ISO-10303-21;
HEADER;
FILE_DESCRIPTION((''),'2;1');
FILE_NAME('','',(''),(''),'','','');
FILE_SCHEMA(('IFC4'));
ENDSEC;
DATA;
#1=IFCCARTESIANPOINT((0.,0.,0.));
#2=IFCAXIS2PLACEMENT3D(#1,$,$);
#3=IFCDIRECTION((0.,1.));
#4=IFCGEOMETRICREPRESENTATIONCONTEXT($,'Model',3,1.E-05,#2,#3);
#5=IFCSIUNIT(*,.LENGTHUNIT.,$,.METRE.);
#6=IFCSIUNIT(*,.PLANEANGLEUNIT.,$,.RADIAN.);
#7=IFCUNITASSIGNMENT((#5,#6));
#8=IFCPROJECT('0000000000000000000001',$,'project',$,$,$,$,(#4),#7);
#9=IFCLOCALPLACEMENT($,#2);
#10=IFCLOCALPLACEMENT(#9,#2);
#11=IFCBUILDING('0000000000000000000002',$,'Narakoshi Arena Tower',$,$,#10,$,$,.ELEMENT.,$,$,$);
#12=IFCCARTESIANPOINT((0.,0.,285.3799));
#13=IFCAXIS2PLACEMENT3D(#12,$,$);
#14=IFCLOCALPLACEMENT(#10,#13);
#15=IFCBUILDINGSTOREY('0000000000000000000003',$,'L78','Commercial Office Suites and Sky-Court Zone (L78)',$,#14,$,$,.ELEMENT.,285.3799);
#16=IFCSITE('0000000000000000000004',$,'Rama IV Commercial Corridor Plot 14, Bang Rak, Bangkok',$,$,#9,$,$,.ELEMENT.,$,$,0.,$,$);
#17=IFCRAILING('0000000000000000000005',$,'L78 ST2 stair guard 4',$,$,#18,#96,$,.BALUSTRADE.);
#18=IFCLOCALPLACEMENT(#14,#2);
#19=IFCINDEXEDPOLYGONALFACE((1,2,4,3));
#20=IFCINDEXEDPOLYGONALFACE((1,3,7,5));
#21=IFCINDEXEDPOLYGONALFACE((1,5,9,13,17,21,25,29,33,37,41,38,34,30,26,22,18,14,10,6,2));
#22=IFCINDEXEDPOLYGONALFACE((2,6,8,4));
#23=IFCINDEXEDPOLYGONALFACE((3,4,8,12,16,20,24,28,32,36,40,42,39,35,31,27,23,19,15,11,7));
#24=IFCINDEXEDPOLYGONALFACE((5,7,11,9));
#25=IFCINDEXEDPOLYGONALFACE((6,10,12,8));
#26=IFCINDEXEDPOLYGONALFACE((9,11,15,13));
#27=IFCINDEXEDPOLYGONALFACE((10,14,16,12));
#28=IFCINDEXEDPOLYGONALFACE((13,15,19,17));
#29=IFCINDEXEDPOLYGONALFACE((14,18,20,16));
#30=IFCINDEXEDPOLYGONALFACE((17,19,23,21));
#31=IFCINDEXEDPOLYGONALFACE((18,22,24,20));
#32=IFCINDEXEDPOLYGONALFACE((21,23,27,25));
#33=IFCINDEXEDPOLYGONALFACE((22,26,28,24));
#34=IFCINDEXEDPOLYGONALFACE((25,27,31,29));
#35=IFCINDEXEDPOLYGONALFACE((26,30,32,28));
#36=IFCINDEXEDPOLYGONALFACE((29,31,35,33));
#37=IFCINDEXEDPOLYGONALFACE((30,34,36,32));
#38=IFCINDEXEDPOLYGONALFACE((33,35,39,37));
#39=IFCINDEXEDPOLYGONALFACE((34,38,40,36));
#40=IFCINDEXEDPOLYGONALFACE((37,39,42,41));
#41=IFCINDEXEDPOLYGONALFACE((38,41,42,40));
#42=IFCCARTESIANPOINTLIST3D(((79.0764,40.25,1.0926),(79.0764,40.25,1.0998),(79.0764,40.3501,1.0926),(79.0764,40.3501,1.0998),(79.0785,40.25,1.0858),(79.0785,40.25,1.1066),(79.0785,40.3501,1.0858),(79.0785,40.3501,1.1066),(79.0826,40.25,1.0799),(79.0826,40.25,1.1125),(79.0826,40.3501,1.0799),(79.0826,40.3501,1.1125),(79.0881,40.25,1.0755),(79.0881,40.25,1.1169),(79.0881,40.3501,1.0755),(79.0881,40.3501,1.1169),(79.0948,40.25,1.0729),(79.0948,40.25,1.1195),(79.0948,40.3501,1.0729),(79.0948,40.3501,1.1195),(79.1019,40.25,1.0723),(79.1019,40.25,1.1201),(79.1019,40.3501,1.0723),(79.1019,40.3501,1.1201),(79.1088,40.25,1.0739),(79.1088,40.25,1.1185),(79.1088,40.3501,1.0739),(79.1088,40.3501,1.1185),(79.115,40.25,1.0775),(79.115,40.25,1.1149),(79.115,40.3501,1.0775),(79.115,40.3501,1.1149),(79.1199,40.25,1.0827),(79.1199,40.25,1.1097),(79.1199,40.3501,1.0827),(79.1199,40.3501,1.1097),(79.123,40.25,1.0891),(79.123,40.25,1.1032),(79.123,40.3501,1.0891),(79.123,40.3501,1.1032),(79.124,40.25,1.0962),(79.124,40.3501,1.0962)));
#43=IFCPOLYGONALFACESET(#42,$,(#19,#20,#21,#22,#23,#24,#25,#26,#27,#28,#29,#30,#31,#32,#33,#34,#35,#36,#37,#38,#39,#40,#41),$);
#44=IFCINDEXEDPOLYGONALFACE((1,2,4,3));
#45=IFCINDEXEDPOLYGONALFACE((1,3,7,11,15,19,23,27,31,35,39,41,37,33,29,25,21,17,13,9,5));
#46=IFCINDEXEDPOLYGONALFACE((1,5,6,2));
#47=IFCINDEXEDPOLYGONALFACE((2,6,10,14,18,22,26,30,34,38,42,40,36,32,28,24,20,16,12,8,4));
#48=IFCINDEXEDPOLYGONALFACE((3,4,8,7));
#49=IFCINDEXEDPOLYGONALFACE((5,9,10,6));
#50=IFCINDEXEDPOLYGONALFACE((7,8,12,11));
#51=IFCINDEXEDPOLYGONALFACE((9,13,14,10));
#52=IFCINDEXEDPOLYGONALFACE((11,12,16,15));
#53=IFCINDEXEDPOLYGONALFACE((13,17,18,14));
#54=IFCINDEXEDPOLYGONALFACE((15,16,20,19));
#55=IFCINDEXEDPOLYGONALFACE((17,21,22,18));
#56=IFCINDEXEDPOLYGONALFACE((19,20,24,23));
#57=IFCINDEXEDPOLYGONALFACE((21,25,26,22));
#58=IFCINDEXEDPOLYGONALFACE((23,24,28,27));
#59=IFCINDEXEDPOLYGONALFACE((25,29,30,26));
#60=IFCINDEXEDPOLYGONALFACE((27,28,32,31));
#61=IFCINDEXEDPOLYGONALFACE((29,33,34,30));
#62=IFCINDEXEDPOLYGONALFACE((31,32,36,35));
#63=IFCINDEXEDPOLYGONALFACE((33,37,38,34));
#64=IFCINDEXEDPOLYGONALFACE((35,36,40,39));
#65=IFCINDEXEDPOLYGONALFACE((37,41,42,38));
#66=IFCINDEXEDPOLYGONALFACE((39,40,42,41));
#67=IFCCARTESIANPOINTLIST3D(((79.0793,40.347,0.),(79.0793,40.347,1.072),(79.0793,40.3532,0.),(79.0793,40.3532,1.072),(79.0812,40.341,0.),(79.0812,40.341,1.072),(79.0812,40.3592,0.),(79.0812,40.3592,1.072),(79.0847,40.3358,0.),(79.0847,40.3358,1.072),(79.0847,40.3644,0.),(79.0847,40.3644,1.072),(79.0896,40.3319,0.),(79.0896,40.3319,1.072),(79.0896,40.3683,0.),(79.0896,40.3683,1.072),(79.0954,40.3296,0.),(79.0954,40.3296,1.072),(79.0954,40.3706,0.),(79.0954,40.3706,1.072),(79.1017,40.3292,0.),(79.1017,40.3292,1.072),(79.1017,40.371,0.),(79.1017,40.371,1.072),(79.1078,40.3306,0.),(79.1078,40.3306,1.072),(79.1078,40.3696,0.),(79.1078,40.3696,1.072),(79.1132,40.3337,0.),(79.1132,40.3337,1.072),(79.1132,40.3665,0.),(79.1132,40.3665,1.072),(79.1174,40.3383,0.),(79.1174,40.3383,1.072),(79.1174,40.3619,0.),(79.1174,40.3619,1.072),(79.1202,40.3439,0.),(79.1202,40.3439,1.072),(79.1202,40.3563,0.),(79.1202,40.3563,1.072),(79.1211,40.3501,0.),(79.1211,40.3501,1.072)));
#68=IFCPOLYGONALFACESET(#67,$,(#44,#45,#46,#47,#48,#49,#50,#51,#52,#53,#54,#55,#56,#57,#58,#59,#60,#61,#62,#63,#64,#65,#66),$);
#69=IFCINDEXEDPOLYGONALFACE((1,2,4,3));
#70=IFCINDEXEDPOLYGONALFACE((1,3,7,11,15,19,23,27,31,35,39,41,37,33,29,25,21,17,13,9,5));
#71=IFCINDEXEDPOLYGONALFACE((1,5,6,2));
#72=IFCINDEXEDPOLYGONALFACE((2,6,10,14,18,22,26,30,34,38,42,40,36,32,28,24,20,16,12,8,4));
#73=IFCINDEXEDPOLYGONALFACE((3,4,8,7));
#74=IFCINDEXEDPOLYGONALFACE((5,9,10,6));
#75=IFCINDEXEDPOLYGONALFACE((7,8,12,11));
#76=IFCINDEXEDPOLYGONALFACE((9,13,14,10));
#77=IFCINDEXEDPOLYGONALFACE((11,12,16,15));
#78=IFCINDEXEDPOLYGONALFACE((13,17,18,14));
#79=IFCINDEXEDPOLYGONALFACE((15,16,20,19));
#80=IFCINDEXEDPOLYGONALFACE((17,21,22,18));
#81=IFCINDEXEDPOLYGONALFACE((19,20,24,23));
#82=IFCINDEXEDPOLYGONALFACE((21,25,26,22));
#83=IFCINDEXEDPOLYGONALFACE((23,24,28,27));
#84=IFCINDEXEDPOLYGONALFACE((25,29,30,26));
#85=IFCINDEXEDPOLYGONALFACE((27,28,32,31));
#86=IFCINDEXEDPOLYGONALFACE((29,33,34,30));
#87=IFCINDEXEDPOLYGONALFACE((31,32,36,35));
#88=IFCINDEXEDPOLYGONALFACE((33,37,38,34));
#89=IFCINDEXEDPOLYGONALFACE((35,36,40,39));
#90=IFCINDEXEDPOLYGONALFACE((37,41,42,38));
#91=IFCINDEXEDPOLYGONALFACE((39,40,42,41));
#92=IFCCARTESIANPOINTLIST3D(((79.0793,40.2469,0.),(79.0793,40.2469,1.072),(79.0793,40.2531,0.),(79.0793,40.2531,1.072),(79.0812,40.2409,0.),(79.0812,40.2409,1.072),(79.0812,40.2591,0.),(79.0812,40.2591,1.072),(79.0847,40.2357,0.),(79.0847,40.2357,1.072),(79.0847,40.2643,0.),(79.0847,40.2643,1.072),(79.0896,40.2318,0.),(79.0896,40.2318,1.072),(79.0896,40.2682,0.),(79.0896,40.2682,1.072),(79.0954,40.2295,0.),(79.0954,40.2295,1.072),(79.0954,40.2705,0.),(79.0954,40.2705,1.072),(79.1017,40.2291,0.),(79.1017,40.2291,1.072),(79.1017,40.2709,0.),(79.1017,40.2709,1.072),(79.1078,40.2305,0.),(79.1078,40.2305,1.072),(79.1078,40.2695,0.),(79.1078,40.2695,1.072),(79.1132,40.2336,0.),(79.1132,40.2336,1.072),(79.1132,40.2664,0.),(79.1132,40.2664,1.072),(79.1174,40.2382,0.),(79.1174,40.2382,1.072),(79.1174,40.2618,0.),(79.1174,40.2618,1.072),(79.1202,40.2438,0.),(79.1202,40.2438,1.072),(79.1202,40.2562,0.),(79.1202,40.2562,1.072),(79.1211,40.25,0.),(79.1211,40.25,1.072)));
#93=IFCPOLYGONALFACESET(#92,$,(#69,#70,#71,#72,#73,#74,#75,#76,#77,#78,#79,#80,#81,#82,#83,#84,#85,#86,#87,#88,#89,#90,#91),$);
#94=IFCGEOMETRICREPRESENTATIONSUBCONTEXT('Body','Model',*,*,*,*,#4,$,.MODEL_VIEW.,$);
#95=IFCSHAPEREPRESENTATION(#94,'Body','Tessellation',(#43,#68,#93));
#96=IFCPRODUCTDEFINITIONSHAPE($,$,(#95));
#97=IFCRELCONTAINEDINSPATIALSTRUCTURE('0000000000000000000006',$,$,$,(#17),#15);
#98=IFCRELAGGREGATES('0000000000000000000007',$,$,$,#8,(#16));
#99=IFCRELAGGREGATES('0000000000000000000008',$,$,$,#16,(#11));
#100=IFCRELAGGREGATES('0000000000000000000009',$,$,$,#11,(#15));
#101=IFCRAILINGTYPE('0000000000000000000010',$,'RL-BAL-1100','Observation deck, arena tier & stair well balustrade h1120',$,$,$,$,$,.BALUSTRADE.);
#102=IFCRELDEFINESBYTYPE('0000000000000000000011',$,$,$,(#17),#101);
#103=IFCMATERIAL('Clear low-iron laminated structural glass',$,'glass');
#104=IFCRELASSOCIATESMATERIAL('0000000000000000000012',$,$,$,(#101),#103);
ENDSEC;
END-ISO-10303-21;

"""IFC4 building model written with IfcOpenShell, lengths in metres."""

from ifc_helpers import new_model, si_unit, direction, frame, origin, origin_2d, place, context, subcontext, project, spatial, circle, extrude, material, type_object, element, save


model = new_model("IFC4")

# Units and contexts
model_context = context("Model", 3, precision=1e-05, world=origin(), true_north=direction((0.0, 1.0)))
body_context = subcontext(model_context, "Body", "Model", "MODEL_VIEW")
ifc_project = project(units=[si_unit("LENGTHUNIT", "METRE"), si_unit("PLANEANGLEUNIT", "RADIAN")], contexts=[model_context])

# Site, building, storey
site_placement = place(None, origin())
site = spatial("IfcSite", under=ifc_project, at=site_placement, Name="Rama IV Commercial Corridor Plot 14, Bang Rak, Bangkok", CompositionType="ELEMENT", RefElevation=0.0)
building_placement = place(site_placement, origin())
building = spatial("IfcBuilding", under=site, at=building_placement, Name="Narakoshi Arena Tower", CompositionType="ELEMENT")
storey_placement = place(building_placement, frame((0.0, 0.0, 285.3799)))
storey = spatial("IfcBuildingStorey", under=building, at=storey_placement, Name="L78", Description="Commercial Office Suites and Sky-Court Zone (L78)", CompositionType="ELEMENT", Elevation=285.3799)

# Railing
ifc_material_1 = material(Name="Clear low-iron laminated structural glass", Category="glass")
railing_type_1 = type_object("IfcRailingType", Name="RL-BAL-1100", Description="Observation deck, arena tier & stair well balustrade h1120", PredefinedType="BALUSTRADE", material=ifc_material_1)
railing_1_placement = place(storey_placement, frame((79.1001, 40.3501, 0.0)))
element("IfcRailing", 1, at=railing_1_placement, inside=storey, type_object=railing_type_1, Name="L78 ST2 stair guard 4", PredefinedType="BALUSTRADE", context=body_context, shape_type="SweptSolid", body=[
    extrude(circle(Radius=0.0239, at=origin_2d()), frame((0.0, 0.0, 1.0962), z_axis=(0.0, -1.0, 0.0), x_axis=(1.0, 0.0, 0.0)), (0.0, 0.0, 1.0), 0.1001),
    extrude(circle(Radius=0.021, at=origin_2d()), origin(), (0.0, 0.0, 1.0), 1.072),
    extrude(circle(Radius=0.021, at=origin_2d()), frame((0.0, -0.1001, 0.0)), (0.0, 0.0, 1.0), 1.072),
])

save(model, "model.ifc")
